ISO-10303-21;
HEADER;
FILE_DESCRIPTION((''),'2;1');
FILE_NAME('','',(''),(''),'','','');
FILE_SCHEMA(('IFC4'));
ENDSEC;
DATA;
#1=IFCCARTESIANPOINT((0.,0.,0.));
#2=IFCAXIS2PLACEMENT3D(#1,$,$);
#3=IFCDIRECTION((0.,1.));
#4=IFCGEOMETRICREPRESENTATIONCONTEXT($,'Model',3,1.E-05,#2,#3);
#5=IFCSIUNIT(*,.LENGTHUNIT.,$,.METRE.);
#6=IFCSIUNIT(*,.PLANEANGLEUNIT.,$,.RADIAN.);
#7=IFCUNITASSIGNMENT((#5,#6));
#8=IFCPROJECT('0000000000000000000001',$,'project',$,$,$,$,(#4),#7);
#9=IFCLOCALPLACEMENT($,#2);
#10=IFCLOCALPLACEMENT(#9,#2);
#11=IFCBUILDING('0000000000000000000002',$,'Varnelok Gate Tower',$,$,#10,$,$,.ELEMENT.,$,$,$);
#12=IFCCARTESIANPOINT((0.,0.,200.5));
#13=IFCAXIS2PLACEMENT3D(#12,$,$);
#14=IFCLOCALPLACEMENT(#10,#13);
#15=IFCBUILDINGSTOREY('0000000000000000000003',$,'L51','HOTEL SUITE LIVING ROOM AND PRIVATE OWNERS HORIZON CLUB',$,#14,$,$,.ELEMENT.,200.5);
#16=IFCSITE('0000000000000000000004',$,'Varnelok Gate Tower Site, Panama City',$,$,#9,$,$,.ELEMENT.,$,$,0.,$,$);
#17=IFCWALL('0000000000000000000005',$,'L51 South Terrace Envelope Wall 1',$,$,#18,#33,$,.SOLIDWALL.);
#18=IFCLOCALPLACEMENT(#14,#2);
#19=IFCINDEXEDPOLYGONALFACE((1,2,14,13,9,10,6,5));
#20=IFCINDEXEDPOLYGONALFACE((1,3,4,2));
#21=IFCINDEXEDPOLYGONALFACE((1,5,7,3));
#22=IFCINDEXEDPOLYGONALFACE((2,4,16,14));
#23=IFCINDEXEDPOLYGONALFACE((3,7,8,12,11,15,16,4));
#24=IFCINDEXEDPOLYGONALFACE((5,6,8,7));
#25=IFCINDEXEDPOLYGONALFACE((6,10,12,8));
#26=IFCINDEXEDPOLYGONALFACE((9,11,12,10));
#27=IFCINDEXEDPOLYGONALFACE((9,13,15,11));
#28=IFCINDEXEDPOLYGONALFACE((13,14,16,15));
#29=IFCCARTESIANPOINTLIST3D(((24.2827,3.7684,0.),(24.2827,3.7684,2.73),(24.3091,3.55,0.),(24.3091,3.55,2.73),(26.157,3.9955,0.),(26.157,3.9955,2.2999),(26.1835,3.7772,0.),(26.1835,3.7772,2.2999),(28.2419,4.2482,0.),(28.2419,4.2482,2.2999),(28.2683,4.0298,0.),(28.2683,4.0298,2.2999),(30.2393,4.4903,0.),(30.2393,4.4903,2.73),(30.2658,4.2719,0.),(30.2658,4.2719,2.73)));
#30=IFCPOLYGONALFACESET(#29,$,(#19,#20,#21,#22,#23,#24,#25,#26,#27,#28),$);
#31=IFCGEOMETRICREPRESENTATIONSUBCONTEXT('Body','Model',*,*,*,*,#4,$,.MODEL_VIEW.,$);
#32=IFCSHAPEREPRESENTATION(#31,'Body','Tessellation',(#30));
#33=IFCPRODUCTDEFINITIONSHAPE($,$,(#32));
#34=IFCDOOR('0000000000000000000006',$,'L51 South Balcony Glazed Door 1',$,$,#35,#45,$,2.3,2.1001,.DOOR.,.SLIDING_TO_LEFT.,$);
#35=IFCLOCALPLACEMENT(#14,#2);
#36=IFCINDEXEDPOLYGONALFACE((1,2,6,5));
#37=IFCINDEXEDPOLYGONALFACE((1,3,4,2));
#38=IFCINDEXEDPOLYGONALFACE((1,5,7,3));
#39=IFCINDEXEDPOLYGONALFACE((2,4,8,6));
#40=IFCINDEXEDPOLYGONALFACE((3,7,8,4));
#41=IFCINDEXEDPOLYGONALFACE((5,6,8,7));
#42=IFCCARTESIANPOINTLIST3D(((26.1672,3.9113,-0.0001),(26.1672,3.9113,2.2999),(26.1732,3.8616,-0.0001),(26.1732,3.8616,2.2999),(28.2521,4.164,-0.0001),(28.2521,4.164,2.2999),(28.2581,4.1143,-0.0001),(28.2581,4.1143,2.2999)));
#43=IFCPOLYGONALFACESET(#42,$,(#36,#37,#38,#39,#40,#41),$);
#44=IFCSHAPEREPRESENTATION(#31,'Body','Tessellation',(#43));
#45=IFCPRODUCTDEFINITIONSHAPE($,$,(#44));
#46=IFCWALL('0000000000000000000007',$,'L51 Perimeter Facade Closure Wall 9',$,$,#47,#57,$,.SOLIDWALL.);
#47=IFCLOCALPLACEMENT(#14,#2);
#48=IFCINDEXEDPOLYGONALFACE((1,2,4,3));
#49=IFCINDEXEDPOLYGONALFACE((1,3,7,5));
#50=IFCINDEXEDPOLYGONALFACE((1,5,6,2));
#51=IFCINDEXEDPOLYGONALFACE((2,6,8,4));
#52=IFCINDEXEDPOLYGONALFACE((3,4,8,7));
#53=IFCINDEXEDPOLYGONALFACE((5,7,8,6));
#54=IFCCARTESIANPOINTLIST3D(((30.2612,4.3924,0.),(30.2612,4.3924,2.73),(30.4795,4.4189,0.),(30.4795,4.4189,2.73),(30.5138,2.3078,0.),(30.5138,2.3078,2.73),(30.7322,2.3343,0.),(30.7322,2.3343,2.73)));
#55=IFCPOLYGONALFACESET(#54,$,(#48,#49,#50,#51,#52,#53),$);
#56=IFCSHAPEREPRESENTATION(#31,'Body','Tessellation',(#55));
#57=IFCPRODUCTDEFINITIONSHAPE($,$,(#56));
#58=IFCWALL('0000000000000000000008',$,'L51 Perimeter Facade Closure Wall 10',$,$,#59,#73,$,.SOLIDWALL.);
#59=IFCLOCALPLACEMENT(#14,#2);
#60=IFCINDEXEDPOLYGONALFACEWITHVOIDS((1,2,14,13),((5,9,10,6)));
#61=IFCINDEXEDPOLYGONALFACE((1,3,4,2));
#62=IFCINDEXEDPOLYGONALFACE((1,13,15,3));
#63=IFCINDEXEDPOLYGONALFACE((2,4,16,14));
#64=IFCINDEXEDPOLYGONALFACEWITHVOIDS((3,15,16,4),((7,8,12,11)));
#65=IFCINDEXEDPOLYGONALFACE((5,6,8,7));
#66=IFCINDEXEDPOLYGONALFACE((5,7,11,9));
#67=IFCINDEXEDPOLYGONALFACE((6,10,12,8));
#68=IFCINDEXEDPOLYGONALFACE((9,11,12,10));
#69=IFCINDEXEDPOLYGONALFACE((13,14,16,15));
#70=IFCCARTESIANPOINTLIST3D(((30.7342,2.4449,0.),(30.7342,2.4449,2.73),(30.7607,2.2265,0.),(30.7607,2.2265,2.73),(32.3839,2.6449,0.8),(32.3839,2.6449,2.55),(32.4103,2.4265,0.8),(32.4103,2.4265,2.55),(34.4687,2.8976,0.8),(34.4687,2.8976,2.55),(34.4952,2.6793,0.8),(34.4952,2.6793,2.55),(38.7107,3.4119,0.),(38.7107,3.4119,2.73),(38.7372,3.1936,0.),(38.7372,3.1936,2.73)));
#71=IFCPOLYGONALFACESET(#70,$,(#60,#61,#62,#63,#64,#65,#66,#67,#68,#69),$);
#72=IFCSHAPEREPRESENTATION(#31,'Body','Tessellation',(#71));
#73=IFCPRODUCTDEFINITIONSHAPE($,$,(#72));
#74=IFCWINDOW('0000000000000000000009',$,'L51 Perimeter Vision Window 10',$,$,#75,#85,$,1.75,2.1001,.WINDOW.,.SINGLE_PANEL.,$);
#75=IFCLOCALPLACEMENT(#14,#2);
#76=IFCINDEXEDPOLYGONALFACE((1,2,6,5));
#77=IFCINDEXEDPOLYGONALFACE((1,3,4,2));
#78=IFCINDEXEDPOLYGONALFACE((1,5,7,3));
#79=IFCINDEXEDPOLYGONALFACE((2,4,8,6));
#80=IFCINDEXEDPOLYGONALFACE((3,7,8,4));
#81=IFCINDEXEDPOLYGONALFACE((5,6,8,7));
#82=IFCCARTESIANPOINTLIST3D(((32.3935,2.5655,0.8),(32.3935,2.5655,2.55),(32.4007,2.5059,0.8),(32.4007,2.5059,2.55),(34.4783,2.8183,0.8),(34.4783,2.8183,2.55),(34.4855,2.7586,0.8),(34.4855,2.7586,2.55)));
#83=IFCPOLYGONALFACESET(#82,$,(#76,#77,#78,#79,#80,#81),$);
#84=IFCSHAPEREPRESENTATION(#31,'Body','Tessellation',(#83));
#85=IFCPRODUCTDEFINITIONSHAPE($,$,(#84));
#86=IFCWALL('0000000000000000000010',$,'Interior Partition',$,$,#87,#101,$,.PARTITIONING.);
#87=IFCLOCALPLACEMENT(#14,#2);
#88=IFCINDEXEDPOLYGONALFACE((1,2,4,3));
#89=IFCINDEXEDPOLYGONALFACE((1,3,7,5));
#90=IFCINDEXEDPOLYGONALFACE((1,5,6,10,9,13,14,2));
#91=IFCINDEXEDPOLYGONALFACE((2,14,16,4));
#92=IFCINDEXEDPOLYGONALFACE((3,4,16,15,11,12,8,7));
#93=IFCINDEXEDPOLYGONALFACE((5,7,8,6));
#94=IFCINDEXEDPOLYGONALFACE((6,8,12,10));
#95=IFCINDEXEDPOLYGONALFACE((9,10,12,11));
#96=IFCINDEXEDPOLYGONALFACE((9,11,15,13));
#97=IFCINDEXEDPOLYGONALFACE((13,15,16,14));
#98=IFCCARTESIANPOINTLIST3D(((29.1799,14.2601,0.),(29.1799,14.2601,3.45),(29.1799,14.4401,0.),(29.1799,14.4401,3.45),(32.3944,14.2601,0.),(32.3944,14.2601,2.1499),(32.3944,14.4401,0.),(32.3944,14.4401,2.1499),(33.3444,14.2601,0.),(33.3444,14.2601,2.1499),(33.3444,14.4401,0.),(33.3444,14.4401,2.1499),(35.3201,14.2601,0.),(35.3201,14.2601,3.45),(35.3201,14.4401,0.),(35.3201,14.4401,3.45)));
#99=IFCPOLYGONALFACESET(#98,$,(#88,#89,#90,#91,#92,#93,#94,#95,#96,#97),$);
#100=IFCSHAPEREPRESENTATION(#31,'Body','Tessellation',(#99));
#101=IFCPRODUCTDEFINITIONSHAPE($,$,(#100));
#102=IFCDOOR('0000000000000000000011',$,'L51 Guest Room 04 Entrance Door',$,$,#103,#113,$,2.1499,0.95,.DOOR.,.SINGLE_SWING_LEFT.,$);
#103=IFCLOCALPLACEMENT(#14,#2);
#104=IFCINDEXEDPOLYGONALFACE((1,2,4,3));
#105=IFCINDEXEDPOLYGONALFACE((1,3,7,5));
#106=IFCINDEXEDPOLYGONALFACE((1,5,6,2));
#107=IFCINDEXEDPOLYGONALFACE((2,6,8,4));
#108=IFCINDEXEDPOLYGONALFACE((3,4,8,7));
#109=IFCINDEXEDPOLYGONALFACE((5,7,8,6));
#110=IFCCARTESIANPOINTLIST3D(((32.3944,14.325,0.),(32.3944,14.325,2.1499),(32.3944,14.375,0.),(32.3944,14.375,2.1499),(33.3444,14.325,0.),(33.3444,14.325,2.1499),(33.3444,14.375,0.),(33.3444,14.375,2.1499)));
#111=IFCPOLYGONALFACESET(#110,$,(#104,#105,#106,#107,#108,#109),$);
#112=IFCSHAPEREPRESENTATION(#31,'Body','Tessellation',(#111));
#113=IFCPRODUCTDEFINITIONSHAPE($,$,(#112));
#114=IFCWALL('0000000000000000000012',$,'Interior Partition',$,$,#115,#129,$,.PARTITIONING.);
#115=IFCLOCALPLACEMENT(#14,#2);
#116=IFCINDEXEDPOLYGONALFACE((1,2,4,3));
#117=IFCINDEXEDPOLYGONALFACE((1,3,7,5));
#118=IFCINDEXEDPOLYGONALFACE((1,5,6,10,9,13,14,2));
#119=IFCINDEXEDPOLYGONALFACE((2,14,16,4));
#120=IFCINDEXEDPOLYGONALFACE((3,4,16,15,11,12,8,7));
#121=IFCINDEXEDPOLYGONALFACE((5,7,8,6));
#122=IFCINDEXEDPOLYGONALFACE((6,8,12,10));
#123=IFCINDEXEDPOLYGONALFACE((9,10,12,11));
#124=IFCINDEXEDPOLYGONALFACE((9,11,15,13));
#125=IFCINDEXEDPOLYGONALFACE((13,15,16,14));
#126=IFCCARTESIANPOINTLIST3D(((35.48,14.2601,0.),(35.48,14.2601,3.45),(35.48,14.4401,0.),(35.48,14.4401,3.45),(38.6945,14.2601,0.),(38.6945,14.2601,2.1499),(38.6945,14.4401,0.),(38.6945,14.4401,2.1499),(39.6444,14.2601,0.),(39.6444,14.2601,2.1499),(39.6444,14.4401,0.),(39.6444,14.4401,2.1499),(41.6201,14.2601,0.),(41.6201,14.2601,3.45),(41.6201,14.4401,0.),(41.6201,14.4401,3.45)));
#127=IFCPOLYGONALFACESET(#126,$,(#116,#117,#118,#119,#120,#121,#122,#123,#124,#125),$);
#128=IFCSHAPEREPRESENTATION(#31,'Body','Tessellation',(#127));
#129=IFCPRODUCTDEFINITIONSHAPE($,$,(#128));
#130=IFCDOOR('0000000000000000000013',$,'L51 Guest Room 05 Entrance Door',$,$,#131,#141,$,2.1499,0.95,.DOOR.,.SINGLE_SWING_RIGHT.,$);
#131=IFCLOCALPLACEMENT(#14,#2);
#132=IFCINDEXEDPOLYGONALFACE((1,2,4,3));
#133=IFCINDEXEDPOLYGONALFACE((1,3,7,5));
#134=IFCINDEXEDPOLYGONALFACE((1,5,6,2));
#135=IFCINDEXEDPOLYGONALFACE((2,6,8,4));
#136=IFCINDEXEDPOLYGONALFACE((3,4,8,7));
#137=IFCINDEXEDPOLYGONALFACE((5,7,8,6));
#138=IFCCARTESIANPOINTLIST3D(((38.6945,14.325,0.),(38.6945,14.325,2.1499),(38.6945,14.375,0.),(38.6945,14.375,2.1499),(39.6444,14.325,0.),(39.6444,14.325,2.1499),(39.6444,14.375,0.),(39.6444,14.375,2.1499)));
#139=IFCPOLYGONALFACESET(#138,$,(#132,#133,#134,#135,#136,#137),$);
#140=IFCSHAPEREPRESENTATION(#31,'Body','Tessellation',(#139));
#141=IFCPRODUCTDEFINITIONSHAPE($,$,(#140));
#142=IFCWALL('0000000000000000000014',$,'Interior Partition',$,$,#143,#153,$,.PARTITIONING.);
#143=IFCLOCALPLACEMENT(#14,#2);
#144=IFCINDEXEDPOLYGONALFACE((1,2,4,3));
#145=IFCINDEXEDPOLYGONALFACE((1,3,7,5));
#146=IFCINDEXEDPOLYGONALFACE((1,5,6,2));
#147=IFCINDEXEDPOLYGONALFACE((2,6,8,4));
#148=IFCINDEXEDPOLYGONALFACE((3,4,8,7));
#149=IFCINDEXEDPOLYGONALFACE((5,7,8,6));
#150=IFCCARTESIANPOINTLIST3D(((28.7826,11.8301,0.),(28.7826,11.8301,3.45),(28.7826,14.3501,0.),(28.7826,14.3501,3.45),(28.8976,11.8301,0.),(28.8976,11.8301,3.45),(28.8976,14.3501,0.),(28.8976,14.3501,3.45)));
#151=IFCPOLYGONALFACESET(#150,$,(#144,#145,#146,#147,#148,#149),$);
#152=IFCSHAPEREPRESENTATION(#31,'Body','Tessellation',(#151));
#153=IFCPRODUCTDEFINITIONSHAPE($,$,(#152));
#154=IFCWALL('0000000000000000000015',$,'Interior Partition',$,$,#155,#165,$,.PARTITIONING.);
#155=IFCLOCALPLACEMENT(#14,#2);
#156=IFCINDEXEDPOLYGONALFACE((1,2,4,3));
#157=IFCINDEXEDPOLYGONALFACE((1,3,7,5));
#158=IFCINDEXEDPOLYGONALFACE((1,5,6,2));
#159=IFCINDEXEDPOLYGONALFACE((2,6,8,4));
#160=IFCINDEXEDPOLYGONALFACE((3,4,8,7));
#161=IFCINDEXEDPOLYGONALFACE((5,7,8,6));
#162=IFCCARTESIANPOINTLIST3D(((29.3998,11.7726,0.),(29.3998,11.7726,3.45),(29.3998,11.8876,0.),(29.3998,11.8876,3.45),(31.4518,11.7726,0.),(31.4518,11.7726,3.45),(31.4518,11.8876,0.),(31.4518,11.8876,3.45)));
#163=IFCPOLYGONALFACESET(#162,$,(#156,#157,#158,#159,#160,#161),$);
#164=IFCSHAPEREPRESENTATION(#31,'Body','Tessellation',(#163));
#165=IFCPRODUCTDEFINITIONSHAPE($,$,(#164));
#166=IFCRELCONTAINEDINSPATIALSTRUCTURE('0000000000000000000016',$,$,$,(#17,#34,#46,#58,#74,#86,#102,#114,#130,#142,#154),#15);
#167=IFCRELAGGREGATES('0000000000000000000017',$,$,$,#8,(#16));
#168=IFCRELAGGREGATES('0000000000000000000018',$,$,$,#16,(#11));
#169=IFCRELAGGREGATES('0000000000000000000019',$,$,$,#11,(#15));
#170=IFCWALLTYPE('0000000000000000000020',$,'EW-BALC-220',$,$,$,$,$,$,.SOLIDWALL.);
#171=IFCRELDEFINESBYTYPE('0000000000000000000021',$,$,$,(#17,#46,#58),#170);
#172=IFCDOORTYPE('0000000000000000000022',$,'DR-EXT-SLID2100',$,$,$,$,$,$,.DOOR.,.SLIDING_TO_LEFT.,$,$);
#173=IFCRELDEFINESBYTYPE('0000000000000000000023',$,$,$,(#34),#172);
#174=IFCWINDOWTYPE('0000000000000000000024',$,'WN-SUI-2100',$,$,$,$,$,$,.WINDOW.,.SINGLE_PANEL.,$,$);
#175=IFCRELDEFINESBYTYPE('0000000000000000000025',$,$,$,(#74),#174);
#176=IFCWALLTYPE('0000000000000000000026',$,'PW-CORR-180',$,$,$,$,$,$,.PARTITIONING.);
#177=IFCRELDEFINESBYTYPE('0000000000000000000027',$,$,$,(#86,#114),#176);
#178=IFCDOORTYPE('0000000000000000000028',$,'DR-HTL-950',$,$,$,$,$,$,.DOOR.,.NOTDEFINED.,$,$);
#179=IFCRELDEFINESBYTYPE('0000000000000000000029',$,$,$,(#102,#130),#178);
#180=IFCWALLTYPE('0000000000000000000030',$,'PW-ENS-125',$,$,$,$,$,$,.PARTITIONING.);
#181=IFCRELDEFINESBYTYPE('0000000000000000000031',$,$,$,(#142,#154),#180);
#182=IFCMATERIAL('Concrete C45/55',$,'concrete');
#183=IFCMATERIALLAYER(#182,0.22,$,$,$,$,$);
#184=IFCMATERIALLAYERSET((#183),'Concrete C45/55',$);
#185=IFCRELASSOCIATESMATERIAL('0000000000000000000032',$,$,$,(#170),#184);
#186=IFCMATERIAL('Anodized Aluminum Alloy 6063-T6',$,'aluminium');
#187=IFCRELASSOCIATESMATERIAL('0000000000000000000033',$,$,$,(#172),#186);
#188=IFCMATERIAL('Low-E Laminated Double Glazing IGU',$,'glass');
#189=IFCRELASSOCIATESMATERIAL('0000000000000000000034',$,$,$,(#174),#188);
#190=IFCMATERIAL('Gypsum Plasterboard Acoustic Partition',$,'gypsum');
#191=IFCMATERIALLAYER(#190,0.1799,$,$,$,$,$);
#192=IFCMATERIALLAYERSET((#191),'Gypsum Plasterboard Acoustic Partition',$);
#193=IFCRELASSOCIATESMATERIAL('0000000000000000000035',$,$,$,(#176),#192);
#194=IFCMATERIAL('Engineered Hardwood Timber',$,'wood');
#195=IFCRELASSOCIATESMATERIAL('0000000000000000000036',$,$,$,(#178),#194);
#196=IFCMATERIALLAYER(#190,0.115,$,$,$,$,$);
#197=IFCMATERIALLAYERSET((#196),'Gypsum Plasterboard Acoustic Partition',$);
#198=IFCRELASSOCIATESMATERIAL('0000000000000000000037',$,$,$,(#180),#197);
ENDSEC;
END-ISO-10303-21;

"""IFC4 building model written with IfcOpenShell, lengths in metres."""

from ifc_helpers import new_model, si_unit, direction, frame, frame_2d, origin, place, context, subcontext, project, spatial, rectangle, extrude, material, layer, layer_set, type_object, element, fill, save


model = new_model("IFC4")

# Units and contexts
model_context = context("Model", 3, precision=1e-05, world=origin(), true_north=direction((0.0, 1.0)))
body_context = subcontext(model_context, "Body", "Model", "MODEL_VIEW")
ifc_project = project(units=[si_unit("LENGTHUNIT", "METRE"), si_unit("PLANEANGLEUNIT", "RADIAN")], contexts=[model_context])

# Site, building, storey
site_placement = place(None, origin())
site = spatial("IfcSite", under=ifc_project, at=site_placement, Name="Varnelok Gate Tower Site, Panama City", CompositionType="ELEMENT", RefElevation=0.0)
building_placement = place(site_placement, origin())
building = spatial("IfcBuilding", under=site, at=building_placement, Name="Varnelok Gate Tower", CompositionType="ELEMENT")
storey_placement = place(building_placement, frame((0.0, 0.0, 200.5)))
storey = spatial("IfcBuildingStorey", under=building, at=storey_placement, Name="L51", Description="HOTEL SUITE LIVING ROOM AND PRIVATE OWNERS HORIZON CLUB", CompositionType="ELEMENT", Elevation=200.5)

# Wall, opening, door
ifc_material_1 = material(Name="Concrete C45/55", Category="concrete")
ifc_layer_1 = layer(ifc_material_1, 0.22)
ifc_layer_set_1 = layer_set([ifc_layer_1], Name="Concrete C45/55")
wall_type_1 = type_object("IfcWallType", Name="EW-BALC-220", PredefinedType="SOLIDWALL", material=ifc_layer_set_1)
wall_1_placement = place(storey_placement, frame((30.2524, 4.3811, 0.0), z_axis=(0.0, 0.0, 1.0), x_axis=(-0.992735, -0.120318, 0.0)))
wall_1 = element("IfcWall", 1, at=wall_1_placement, inside=storey, type_object=wall_type_1, Name="L51 South Terrace Envelope Wall 1", PredefinedType="SOLIDWALL", context=body_context, shape_type="SweptSolid", body=[
    extrude(rectangle(XDim=6.0002, YDim=0.22, at=frame_2d((3.0, 0.0))), origin(), (0.0, 0.0, 1.0), 2.73),
])
opening_1_placement = place(wall_1_placement, frame((2.012, 0.0, 0.0)))
opening_1 = element("IfcOpeningElement", 2, at=opening_1_placement, cuts=wall_1, PredefinedType="OPENING", context=body_context, shape_type="SweptSolid", body=[
    extrude(rectangle(XDim=2.1001, YDim=2.3, at=frame_2d((1.05, 1.1499))), frame((0.0, 0.1199, 0.0), z_axis=(0.0, -1.0, 0.0), x_axis=(1.0, 0.0, 0.0)), (0.0, 0.0, 1.0), 0.24),
])
ifc_material_2 = material(Name="Anodized Aluminum Alloy 6063-T6", Category="aluminium")
door_type_1 = type_object("IfcDoorType", Name="DR-EXT-SLID2100", OperationType="SLIDING_TO_LEFT", PredefinedType="DOOR", material=ifc_material_2)
door_1_placement = place(opening_1_placement, origin())
door_1 = element("IfcDoor", 3, at=door_1_placement, inside=storey, type_object=door_type_1, Name="L51 South Balcony Glazed Door 1", OperationType="SLIDING_TO_LEFT", OverallHeight=2.3, OverallWidth=2.1001, PredefinedType="DOOR", context=body_context, shape_type="SweptSolid", body=[
    extrude(rectangle(XDim=2.1001, YDim=2.3, at=frame_2d((1.05, 1.1499))), frame((0.0, 0.0249, 0.0), z_axis=(0.0, -1.0, 0.0), x_axis=(1.0, 0.0, 0.0)), (0.0, 0.0, 1.0), 0.05),
])
fill(opening_1, door_1)

# Wall
wall_2_placement = place(storey_placement, frame((30.3704, 4.4055, 0.0), z_axis=(0.0, 0.0, 1.0), x_axis=(0.120328, -0.992734, 0.0)))
element("IfcWall", 4, at=wall_2_placement, inside=storey, type_object=wall_type_1, Name="L51 Perimeter Facade Closure Wall 9", PredefinedType="SOLIDWALL", context=body_context, shape_type="SweptSolid", body=[
    extrude(rectangle(XDim=2.0999, YDim=0.22, at=frame_2d((1.0498, 0.0))), origin(), (0.0, 0.0, 1.0), 2.73),
])

# Wall, opening, window
wall_3_placement = place(storey_placement, frame((30.7473, 2.3357, 0.0), z_axis=(0.0, 0.0, 1.0), x_axis=(0.992731, 0.120354, 0.0)))
wall_3 = element("IfcWall", 5, at=wall_3_placement, inside=storey, type_object=wall_type_1, Name="L51 Perimeter Facade Closure Wall 10", PredefinedType="SOLIDWALL", context=body_context, shape_type="SweptSolid", body=[
    extrude(rectangle(XDim=8.0349, YDim=0.22, at=frame_2d((4.0176, 0.0))), origin(), (0.0, 0.0, 1.0), 2.73),
])
opening_2_placement = place(wall_3_placement, frame((1.6619, 0.0, 0.8)))
opening_2 = element("IfcOpeningElement", 6, at=opening_2_placement, cuts=wall_3, PredefinedType="OPENING", context=body_context, shape_type="SweptSolid", body=[
    extrude(rectangle(XDim=2.1001, YDim=1.75, at=frame_2d((1.05, 0.875))), frame((0.0, 0.1199, 0.0), z_axis=(0.0, -1.0, 0.0), x_axis=(1.0, 0.0, 0.0)), (0.0, 0.0, 1.0), 0.24),
])
ifc_material_3 = material(Name="Low-E Laminated Double Glazing IGU", Category="glass")
window_type = type_object("IfcWindowType", Name="WN-SUI-2100", PartitioningType="SINGLE_PANEL", PredefinedType="WINDOW", material=ifc_material_3)
window_placement = place(opening_2_placement, origin())
window = element("IfcWindow", 7, at=window_placement, inside=storey, type_object=window_type, Name="L51 Perimeter Vision Window 10", OverallHeight=1.75, OverallWidth=2.1001, PartitioningType="SINGLE_PANEL", PredefinedType="WINDOW", context=body_context, shape_type="SweptSolid", body=[
    extrude(rectangle(XDim=2.1001, YDim=1.75, at=frame_2d((1.05, 0.875))), frame((0.0, 0.03, 0.0), z_axis=(0.0, -1.0, 0.0), x_axis=(1.0, 0.0, 0.0)), (0.0, 0.0, 1.0), 0.0601),
])
fill(opening_2, window)

# Walls, openings, doors
ifc_material_4 = material(Name="Gypsum Plasterboard Acoustic Partition", Category="gypsum")
ifc_layer_2 = layer(ifc_material_4, 0.1799)
ifc_layer_set_2 = layer_set([ifc_layer_2], Name="Gypsum Plasterboard Acoustic Partition")
wall_type_2 = type_object("IfcWallType", Name="PW-CORR-180", PredefinedType="PARTITIONING", material=ifc_layer_set_2)
wall_4_placement = place(storey_placement, frame((29.1799, 14.3501, 0.0), z_axis=(0.0, 0.0, 1.0), x_axis=(1.0, 0.0, 0.0)))
wall_4 = element("IfcWall", 8, at=wall_4_placement, inside=storey, type_object=wall_type_2, Name="Interior Partition", PredefinedType="PARTITIONING", context=body_context, shape_type="SweptSolid", body=[
    extrude(rectangle(XDim=6.1401, YDim=0.1799, at=frame_2d((3.0701, 0.0))), origin(), (0.0, 0.0, 1.0), 3.45),
])
opening_3_placement = place(wall_4_placement, frame((3.2144, 0.0, 0.0)))
opening_3 = element("IfcOpeningElement", 9, at=opening_3_placement, cuts=wall_4, PredefinedType="OPENING", context=body_context, shape_type="SweptSolid", body=[
    extrude(rectangle(XDim=0.95, YDim=2.1499, at=frame_2d((0.4751, 1.075))), frame((0.0, 0.0999, 0.0), z_axis=(0.0, -1.0, 0.0), x_axis=(1.0, 0.0, 0.0)), (0.0, 0.0, 1.0), 0.2),
])
ifc_material_5 = material(Name="Engineered Hardwood Timber", Category="wood")
door_type_2 = type_object("IfcDoorType", Name="DR-HTL-950", OperationType="NOTDEFINED", PredefinedType="DOOR", material=ifc_material_5)
door_2_placement = place(opening_3_placement, origin())
door_2 = element("IfcDoor", 10, at=door_2_placement, inside=storey, type_object=door_type_2, Name="L51 Guest Room 04 Entrance Door", OperationType="SINGLE_SWING_LEFT", OverallHeight=2.1499, OverallWidth=0.95, PredefinedType="DOOR", context=body_context, shape_type="SweptSolid", body=[
    extrude(rectangle(XDim=0.95, YDim=2.1499, at=frame_2d((0.4751, 1.075))), frame((0.0, 0.0249, 0.0), z_axis=(0.0, -1.0, 0.0), x_axis=(1.0, 0.0, 0.0)), (0.0, 0.0, 1.0), 0.05),
])
fill(opening_3, door_2)
wall_5_placement = place(storey_placement, frame((35.48, 14.3501, 0.0), z_axis=(0.0, 0.0, 1.0), x_axis=(1.0, 0.0, 0.0)))
wall_5 = element("IfcWall", 11, at=wall_5_placement, inside=storey, type_object=wall_type_2, Name="Interior Partition", PredefinedType="PARTITIONING", context=body_context, shape_type="SweptSolid", body=[
    extrude(rectangle(XDim=6.1401, YDim=0.1799, at=frame_2d((3.0701, 0.0))), origin(), (0.0, 0.0, 1.0), 3.45),
])
opening_4_placement = place(wall_5_placement, frame((3.2144, 0.0, 0.0)))
opening_4 = element("IfcOpeningElement", 12, at=opening_4_placement, cuts=wall_5, PredefinedType="OPENING", context=body_context, shape_type="SweptSolid", body=[
    extrude(rectangle(XDim=0.95, YDim=2.1499, at=frame_2d((0.4751, 1.075))), frame((0.0, 0.0999, 0.0), z_axis=(0.0, -1.0, 0.0), x_axis=(1.0, 0.0, 0.0)), (0.0, 0.0, 1.0), 0.2),
])
door_3_placement = place(opening_4_placement, origin())
door_3 = element("IfcDoor", 13, at=door_3_placement, inside=storey, type_object=door_type_2, Name="L51 Guest Room 05 Entrance Door", OperationType="SINGLE_SWING_RIGHT", OverallHeight=2.1499, OverallWidth=0.95, PredefinedType="DOOR", context=body_context, shape_type="SweptSolid", body=[
    extrude(rectangle(XDim=0.95, YDim=2.1499, at=frame_2d((0.4751, 1.075))), frame((0.0, 0.0249, 0.0), z_axis=(0.0, -1.0, 0.0), x_axis=(1.0, 0.0, 0.0)), (0.0, 0.0, 1.0), 0.05),
])
fill(opening_4, door_3)

# Walls
ifc_layer_3 = layer(ifc_material_4, 0.115)
ifc_layer_set_3 = layer_set([ifc_layer_3], Name="Gypsum Plasterboard Acoustic Partition")
wall_type_3 = type_object("IfcWallType", Name="PW-ENS-125", PredefinedType="PARTITIONING", material=ifc_layer_set_3)
wall_6_placement = place(storey_placement, frame((28.8401, 11.8301, 0.0), z_axis=(0.0, 0.0, 1.0), x_axis=(0.0, 1.0, 0.0)))
element("IfcWall", 14, at=wall_6_placement, inside=storey, type_object=wall_type_3, Name="Interior Partition", PredefinedType="PARTITIONING", context=body_context, shape_type="SweptSolid", body=[
    extrude(rectangle(XDim=2.52, YDim=0.115, at=frame_2d((1.26, 0.0))), origin(), (0.0, 0.0, 1.0), 3.45),
])
wall_7_placement = place(storey_placement, frame((29.3999, 11.8301, 0.0), z_axis=(0.0, 0.0, 1.0), x_axis=(1.0, 0.0, 0.0)))
element("IfcWall", 15, at=wall_7_placement, inside=storey, type_object=wall_type_3, Name="Interior Partition", PredefinedType="PARTITIONING", context=body_context, shape_type="SweptSolid", body=[
    extrude(rectangle(XDim=2.052, YDim=0.115, at=frame_2d((1.0259, 0.0))), origin(), (0.0, 0.0, 1.0), 3.45),
])

save(model, "model.ifc")
